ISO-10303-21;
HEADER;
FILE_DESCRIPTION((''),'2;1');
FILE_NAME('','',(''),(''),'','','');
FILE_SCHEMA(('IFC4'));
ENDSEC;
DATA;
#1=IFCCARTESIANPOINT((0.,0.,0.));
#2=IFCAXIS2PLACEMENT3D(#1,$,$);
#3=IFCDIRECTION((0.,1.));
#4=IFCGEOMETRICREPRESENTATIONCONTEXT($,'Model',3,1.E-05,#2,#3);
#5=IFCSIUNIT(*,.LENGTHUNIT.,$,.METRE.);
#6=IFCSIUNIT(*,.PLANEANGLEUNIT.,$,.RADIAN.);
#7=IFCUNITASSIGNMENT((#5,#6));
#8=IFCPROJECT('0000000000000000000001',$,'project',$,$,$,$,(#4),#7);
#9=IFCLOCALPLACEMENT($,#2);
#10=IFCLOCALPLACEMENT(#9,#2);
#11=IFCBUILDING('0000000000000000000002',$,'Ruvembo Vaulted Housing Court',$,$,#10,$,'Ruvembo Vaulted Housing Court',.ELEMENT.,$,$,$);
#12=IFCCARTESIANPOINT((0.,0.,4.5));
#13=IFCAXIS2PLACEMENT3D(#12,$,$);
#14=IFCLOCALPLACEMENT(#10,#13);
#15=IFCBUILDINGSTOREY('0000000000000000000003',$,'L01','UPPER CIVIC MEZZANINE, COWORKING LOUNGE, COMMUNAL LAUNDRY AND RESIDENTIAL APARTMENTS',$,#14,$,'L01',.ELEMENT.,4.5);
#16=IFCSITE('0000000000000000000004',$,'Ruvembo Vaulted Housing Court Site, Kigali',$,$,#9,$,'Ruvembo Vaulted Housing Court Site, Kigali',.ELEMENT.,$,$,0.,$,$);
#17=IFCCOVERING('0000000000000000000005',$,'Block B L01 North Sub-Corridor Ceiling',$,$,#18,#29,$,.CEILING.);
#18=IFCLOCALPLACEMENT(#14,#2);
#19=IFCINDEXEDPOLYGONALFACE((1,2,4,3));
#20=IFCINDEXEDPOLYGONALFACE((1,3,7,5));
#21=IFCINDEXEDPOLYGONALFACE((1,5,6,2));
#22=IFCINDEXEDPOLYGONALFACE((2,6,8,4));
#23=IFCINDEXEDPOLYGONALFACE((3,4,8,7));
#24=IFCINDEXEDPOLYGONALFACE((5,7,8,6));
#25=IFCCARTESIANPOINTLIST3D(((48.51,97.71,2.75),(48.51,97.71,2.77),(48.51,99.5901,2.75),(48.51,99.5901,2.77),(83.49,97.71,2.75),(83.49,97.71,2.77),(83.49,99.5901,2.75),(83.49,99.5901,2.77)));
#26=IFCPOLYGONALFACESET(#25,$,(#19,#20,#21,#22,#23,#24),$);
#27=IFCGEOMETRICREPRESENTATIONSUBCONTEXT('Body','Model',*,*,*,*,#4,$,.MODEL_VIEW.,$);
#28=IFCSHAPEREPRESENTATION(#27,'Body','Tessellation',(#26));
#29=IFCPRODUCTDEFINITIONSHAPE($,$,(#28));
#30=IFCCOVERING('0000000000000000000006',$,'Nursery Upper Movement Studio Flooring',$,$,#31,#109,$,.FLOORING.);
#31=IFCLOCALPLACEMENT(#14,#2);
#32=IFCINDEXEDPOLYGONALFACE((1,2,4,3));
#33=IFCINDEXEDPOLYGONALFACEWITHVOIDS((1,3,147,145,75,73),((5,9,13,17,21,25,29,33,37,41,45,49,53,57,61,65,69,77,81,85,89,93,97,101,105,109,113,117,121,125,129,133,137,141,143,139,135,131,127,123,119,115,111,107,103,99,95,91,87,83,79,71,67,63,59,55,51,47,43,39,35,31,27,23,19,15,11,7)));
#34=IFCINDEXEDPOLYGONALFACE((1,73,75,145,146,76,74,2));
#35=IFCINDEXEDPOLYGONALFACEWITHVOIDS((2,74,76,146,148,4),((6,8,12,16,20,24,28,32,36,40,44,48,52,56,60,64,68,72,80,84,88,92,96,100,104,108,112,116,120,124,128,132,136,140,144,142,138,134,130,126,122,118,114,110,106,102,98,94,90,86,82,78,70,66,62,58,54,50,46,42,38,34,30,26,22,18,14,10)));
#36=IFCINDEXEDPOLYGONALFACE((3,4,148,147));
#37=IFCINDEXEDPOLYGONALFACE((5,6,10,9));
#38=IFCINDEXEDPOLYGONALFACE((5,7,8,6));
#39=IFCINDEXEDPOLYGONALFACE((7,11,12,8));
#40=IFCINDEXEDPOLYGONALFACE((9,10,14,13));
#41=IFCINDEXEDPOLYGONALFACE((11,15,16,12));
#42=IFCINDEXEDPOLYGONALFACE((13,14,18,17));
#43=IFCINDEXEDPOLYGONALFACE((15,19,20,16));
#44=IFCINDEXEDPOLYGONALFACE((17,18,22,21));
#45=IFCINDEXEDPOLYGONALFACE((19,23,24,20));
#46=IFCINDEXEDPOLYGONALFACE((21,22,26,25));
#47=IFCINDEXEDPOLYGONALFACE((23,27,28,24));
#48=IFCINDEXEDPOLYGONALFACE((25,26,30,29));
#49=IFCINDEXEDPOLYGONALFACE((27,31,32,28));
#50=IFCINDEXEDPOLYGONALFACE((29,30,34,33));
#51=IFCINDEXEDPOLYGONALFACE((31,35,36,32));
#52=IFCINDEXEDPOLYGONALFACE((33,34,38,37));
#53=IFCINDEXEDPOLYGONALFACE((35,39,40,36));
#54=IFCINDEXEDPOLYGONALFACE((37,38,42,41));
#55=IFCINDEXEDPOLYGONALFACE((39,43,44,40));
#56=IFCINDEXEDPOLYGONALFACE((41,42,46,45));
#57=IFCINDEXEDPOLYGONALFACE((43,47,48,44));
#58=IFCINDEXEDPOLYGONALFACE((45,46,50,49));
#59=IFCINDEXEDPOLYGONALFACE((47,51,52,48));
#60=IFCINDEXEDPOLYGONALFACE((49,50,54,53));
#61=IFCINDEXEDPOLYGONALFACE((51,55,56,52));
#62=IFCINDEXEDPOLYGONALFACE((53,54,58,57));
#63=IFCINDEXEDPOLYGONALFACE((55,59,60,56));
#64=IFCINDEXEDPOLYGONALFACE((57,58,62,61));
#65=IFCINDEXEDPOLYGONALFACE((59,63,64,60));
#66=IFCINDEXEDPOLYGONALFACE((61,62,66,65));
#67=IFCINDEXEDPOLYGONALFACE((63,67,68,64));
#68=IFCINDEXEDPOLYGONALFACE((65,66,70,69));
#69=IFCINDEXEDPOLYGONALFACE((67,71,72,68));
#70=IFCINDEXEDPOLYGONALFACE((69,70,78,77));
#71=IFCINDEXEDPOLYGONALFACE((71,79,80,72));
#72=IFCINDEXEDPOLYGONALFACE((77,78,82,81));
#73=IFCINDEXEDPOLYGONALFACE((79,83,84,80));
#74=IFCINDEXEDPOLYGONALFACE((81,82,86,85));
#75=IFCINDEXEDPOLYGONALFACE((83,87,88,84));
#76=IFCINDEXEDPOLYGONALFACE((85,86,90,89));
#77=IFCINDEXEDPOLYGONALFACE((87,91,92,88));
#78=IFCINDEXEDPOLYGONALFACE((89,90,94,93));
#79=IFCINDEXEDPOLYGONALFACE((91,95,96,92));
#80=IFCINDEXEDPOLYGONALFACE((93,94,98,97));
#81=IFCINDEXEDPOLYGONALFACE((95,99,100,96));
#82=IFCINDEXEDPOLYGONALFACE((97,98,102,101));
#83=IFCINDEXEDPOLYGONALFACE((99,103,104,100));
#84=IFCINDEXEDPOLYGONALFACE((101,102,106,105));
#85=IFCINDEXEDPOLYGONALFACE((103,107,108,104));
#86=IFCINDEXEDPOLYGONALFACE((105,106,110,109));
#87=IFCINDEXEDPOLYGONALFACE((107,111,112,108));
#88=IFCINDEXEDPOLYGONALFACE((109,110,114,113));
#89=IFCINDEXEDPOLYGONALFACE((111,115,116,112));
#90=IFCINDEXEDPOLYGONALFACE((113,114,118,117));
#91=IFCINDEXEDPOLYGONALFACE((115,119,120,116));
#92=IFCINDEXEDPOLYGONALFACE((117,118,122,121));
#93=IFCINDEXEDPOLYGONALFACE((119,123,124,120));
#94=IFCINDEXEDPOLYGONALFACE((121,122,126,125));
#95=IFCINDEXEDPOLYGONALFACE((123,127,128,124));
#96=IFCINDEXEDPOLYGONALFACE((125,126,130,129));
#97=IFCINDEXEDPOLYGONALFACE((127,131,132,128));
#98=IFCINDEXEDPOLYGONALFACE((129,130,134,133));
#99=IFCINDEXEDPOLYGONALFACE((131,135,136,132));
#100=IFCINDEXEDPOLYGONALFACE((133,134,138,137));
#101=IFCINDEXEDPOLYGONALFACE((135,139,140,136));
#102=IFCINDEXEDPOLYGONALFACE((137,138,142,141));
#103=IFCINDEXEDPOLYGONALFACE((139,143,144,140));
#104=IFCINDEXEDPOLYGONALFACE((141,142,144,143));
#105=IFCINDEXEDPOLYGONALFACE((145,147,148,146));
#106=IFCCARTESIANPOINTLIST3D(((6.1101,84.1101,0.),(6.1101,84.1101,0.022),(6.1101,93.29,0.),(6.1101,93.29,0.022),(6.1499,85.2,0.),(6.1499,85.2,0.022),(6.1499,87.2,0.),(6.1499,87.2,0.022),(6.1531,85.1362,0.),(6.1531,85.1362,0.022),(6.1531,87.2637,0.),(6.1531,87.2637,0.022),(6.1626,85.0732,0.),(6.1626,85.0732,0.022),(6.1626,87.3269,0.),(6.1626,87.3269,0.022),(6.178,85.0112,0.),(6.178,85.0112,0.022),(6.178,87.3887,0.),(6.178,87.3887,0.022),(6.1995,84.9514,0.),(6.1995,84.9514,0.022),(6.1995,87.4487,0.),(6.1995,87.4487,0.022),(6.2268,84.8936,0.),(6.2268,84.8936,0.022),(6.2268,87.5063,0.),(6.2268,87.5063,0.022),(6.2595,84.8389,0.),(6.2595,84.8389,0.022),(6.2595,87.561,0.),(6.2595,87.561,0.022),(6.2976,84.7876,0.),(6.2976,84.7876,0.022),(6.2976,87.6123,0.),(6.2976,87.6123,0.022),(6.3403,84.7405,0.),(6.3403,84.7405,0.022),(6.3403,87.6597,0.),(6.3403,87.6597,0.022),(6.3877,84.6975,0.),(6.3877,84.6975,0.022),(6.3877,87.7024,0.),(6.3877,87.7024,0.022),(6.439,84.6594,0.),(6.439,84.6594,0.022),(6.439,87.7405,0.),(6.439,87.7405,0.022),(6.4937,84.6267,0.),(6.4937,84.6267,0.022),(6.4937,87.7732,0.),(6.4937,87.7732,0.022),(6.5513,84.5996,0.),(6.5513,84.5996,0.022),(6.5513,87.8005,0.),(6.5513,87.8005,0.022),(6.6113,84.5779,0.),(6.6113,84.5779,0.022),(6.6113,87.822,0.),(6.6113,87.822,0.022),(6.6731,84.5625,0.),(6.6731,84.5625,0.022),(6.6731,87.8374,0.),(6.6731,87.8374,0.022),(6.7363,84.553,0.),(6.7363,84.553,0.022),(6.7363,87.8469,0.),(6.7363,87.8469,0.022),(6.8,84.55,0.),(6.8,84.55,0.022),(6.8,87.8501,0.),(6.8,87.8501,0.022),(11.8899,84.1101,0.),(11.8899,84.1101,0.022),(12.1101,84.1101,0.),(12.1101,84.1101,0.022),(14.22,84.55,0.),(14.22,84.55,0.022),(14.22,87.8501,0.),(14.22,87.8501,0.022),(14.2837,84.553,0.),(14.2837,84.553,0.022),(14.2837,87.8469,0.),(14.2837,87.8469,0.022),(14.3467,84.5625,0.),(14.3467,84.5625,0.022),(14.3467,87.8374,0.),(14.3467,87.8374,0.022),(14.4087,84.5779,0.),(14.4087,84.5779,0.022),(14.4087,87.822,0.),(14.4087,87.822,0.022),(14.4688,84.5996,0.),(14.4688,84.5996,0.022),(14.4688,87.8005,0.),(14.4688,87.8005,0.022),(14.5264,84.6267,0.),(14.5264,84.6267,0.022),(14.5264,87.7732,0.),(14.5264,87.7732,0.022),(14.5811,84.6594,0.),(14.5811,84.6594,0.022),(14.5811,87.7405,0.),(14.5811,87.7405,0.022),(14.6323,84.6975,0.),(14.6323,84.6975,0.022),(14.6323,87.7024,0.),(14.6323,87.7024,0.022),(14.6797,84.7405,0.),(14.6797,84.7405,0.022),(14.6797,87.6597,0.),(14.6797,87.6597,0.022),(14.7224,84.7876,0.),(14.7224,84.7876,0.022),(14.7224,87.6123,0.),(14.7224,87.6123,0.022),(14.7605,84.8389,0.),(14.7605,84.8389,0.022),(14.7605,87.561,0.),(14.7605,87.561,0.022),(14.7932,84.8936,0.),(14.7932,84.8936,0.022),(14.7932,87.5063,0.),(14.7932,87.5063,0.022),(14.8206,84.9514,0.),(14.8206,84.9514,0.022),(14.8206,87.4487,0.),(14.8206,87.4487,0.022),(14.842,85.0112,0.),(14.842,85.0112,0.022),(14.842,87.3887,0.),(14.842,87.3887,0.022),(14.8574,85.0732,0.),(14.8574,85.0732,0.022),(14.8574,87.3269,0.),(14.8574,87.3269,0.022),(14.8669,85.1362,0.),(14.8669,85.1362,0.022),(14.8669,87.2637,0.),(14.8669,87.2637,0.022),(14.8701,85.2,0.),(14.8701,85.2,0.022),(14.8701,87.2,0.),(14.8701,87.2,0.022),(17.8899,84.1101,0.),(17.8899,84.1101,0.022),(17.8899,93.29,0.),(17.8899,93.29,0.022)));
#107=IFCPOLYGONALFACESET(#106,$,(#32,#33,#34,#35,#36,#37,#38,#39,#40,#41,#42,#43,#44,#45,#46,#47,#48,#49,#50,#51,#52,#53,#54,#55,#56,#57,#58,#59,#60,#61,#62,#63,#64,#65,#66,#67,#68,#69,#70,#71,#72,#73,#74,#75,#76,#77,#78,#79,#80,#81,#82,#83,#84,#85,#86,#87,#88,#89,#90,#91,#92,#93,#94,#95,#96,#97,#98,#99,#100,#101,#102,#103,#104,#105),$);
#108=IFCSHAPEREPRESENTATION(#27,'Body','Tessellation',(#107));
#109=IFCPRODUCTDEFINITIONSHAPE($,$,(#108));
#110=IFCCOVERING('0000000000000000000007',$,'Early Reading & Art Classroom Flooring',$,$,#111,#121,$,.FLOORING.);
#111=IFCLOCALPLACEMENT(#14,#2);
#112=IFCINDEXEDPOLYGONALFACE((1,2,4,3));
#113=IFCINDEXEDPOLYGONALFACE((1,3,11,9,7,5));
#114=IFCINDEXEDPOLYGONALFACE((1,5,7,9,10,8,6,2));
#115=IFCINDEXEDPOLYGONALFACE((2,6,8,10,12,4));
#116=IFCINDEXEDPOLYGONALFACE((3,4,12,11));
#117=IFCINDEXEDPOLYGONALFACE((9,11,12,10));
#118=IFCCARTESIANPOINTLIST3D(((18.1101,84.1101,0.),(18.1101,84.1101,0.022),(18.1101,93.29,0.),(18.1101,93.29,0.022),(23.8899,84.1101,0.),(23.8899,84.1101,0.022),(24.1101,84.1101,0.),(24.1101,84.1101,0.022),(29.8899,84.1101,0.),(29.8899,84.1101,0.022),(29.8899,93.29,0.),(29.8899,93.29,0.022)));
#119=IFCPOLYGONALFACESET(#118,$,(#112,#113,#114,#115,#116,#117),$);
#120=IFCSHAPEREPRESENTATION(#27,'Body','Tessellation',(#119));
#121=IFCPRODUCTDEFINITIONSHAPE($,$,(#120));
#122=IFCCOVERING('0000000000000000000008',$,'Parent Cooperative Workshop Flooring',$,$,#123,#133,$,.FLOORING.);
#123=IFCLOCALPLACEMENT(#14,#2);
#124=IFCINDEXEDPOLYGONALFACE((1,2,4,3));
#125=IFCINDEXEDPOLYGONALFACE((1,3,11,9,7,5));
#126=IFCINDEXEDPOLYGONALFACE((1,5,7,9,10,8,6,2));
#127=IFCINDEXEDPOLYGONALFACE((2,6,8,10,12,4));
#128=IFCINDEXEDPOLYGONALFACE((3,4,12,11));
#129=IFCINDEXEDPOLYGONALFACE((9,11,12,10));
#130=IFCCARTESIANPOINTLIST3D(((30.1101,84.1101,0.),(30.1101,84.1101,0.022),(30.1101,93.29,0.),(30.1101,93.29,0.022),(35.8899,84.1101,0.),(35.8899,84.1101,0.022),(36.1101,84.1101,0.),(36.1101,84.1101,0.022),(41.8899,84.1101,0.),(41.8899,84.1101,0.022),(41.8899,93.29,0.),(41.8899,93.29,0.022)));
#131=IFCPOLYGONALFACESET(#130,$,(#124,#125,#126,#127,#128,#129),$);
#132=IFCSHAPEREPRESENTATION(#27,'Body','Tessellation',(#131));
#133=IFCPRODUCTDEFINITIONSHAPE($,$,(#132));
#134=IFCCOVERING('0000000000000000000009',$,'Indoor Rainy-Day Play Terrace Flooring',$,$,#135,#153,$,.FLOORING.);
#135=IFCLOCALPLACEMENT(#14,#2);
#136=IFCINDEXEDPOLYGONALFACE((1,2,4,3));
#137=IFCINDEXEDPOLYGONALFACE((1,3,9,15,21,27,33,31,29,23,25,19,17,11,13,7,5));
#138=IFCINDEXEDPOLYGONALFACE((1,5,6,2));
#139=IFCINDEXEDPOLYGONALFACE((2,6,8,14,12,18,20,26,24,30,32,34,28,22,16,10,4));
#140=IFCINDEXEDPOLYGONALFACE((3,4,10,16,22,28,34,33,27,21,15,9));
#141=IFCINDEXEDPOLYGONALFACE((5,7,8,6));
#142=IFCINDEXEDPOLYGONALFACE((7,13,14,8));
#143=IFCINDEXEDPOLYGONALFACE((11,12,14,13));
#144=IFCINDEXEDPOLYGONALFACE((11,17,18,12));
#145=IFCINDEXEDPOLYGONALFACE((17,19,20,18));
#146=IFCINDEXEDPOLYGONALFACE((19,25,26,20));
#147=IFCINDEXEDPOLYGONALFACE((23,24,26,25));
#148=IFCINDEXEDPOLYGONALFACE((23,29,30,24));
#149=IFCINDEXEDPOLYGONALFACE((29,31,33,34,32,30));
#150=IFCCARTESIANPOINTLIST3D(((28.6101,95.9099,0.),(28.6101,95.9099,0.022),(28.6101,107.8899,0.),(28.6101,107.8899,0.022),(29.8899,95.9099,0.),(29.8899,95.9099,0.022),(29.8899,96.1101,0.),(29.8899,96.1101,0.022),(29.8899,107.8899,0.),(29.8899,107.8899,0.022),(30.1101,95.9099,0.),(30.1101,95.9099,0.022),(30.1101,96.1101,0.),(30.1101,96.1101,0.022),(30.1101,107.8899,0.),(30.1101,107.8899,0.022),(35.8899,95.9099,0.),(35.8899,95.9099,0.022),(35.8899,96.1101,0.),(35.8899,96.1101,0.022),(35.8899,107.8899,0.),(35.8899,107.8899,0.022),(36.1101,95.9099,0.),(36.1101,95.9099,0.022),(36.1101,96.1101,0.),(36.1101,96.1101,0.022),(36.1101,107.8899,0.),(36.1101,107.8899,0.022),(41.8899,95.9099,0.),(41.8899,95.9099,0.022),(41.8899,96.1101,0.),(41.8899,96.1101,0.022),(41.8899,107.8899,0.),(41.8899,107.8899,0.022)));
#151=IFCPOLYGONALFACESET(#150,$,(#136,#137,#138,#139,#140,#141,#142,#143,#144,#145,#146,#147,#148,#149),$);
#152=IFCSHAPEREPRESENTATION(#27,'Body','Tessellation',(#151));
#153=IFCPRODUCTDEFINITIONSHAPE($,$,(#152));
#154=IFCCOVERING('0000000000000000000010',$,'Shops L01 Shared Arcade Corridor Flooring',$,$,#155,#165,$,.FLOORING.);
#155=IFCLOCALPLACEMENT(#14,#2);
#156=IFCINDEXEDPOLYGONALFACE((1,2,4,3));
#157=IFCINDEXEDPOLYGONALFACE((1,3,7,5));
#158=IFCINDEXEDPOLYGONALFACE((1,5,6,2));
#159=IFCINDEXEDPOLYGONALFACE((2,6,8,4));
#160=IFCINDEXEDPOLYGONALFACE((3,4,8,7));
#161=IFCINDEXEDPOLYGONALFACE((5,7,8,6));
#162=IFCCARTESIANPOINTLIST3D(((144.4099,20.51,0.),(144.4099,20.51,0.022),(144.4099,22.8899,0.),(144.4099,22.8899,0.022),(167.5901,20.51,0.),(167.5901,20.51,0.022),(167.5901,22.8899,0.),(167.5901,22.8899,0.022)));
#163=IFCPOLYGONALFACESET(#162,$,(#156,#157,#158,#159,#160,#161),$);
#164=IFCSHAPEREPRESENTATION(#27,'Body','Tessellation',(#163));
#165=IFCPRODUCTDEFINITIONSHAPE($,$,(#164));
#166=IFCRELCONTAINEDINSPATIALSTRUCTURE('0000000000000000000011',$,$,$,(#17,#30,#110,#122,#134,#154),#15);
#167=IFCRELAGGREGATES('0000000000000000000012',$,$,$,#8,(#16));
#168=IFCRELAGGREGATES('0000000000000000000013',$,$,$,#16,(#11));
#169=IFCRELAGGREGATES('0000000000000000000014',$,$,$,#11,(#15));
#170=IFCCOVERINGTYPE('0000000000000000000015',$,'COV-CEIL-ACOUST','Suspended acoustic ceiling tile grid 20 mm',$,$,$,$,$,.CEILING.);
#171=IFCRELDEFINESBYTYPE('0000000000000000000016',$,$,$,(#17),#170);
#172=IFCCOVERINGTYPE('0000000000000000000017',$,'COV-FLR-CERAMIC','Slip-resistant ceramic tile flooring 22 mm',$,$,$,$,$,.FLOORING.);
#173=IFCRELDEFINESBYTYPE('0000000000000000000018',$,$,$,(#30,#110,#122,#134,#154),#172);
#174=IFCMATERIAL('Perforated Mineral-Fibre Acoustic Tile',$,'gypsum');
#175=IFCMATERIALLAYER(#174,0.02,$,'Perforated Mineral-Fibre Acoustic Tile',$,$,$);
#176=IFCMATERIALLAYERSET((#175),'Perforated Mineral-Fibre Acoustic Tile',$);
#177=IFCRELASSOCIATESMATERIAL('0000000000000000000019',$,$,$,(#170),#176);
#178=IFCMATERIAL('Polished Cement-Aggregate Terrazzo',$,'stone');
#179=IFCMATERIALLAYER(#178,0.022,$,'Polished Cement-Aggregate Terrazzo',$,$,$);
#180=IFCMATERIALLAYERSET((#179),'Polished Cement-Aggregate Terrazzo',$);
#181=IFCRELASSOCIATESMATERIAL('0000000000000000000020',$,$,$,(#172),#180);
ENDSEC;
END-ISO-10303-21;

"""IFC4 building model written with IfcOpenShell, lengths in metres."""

from ifc_helpers import new_model, si_unit, direction, frame, origin, place, context, subcontext, project, spatial, polyline, outline, extrude, material, layer, layer_set, type_object, element, save


model = new_model("IFC4")

# Units and contexts
model_context = context("Model", 3, precision=1e-05, world=origin(), true_north=direction((0.0, 1.0)))
body_context = subcontext(model_context, "Body", "Model", "MODEL_VIEW")
ifc_project = project(units=[si_unit("LENGTHUNIT", "METRE"), si_unit("PLANEANGLEUNIT", "RADIAN")], contexts=[model_context])

# Site, building, storey
site_placement = place(None, origin())
site = spatial("IfcSite", under=ifc_project, at=site_placement, Name="Ruvembo Vaulted Housing Court Site, Kigali", LongName="Ruvembo Vaulted Housing Court Site, Kigali", CompositionType="ELEMENT", RefElevation=0.0)
building_placement = place(site_placement, origin())
building = spatial("IfcBuilding", under=site, at=building_placement, Name="Ruvembo Vaulted Housing Court", LongName="Ruvembo Vaulted Housing Court", CompositionType="ELEMENT")
storey_placement = place(building_placement, frame((0.0, 0.0, 4.5)))
storey = spatial("IfcBuildingStorey", under=building, at=storey_placement, Name="L01", Description="UPPER CIVIC MEZZANINE, COWORKING LOUNGE, COMMUNAL LAUNDRY AND RESIDENTIAL APARTMENTS", LongName="L01", CompositionType="ELEMENT", Elevation=4.5)

# Coverings
ifc_material_1 = material(Name="Perforated Mineral-Fibre Acoustic Tile", Category="gypsum")
ifc_layer_1 = layer(ifc_material_1, 0.02, Name="Perforated Mineral-Fibre Acoustic Tile")
ifc_layer_set_1 = layer_set([ifc_layer_1], Name="Perforated Mineral-Fibre Acoustic Tile")
covering_type_1 = type_object("IfcCoveringType", Name="COV-CEIL-ACOUST", Description="Suspended acoustic ceiling tile grid 20 mm", PredefinedType="CEILING", material=ifc_layer_set_1)
covering_1_placement = place(storey_placement, frame((0.0, 0.0, 2.75)))
element("IfcCovering", 1, at=covering_1_placement, inside=storey, type_object=covering_type_1, Name="Block B L01 North Sub-Corridor Ceiling", PredefinedType="CEILING", context=body_context, shape_type="SweptSolid", body=[
    extrude(outline(polyline([(83.49, 97.71), (83.49, 99.5901), (48.51, 99.5901), (48.51, 97.71), (83.49, 97.71)])), origin(), (0.0, 0.0, 1.0), 0.02),
])
ifc_material_2 = material(Name="Polished Cement-Aggregate Terrazzo", Category="stone")
ifc_layer_2 = layer(ifc_material_2, 0.022, Name="Polished Cement-Aggregate Terrazzo")
ifc_layer_set_2 = layer_set([ifc_layer_2], Name="Polished Cement-Aggregate Terrazzo")
covering_type_2 = type_object("IfcCoveringType", Name="COV-FLR-CERAMIC", Description="Slip-resistant ceramic tile flooring 22 mm", PredefinedType="FLOORING", material=ifc_layer_set_2)
covering_2_placement = place(storey_placement, origin())
element("IfcCovering", 2, at=covering_2_placement, inside=storey, type_object=covering_type_2, Name="Nursery Upper Movement Studio Flooring", PredefinedType="FLOORING", context=body_context, shape_type="SweptSolid", body=[
    extrude(outline(polyline([(17.8899, 84.1101), (17.8899, 93.29), (6.1101, 93.29), (6.1101, 84.1101), (11.8899, 84.1101), (12.1101, 84.1101), (17.8899, 84.1101)]), holes=[polyline([(14.3467, 84.5625), (14.4087, 84.5779), (14.4688, 84.5996), (14.5264, 84.6267), (14.5811, 84.6594), (14.6323, 84.6975), (14.6797, 84.7405), (14.7224, 84.7876), (14.7605, 84.8389), (14.7932, 84.8936), (14.8206, 84.9514), (14.842, 85.0112), (14.8574, 85.0732), (14.8669, 85.1362), (14.8701, 85.2), (14.8701, 87.2), (14.8669, 87.2637), (14.8574, 87.3269), (14.842, 87.3887), (14.8206, 87.4487), (14.7932, 87.5063), (14.7605, 87.561), (14.7224, 87.6123), (14.6797, 87.6597), (14.6323, 87.7024), (14.5811, 87.7405), (14.5264, 87.7732), (14.4688, 87.8005), (14.4087, 87.822), (14.3467, 87.8374), (14.2837, 87.8469), (14.22, 87.8501), (6.8, 87.8501), (6.7363, 87.8469), (6.6731, 87.8374), (6.6113, 87.822), (6.5513, 87.8005), (6.4937, 87.7732), (6.439, 87.7405), (6.3877, 87.7024), (6.3403, 87.6597), (6.2976, 87.6123), (6.2595, 87.561), (6.2268, 87.5063), (6.1995, 87.4487), (6.178, 87.3887), (6.1626, 87.3269), (6.1531, 87.2637), (6.1499, 87.2), (6.1499, 85.2), (6.1531, 85.1362), (6.1626, 85.0732), (6.178, 85.0112), (6.1995, 84.9514), (6.2268, 84.8936), (6.2595, 84.8389), (6.2976, 84.7876), (6.3403, 84.7405), (6.3877, 84.6975), (6.439, 84.6594), (6.4937, 84.6267), (6.5513, 84.5996), (6.6113, 84.5779), (6.6731, 84.5625), (6.7363, 84.553), (6.8, 84.55), (14.22, 84.55), (14.2837, 84.553), (14.3467, 84.5625)])]), origin(), (0.0, 0.0, 1.0), 0.022),
])
covering_3_placement = place(storey_placement, origin())
element("IfcCovering", 3, at=covering_3_placement, inside=storey, type_object=covering_type_2, Name="Early Reading & Art Classroom Flooring", PredefinedType="FLOORING", context=body_context, shape_type="SweptSolid", body=[
    extrude(outline(polyline([(29.8899, 84.1101), (29.8899, 93.29), (18.1101, 93.29), (18.1101, 84.1101), (23.8899, 84.1101), (24.1101, 84.1101), (29.8899, 84.1101)])), origin(), (0.0, 0.0, 1.0), 0.022),
])
covering_4_placement = place(storey_placement, origin())
element("IfcCovering", 4, at=covering_4_placement, inside=storey, type_object=covering_type_2, Name="Parent Cooperative Workshop Flooring", PredefinedType="FLOORING", context=body_context, shape_type="SweptSolid", body=[
    extrude(outline(polyline([(41.8899, 84.1101), (41.8899, 93.29), (30.1101, 93.29), (30.1101, 84.1101), (35.8899, 84.1101), (36.1101, 84.1101), (41.8899, 84.1101)])), origin(), (0.0, 0.0, 1.0), 0.022),
])
covering_5_placement = place(storey_placement, origin())
element("IfcCovering", 5, at=covering_5_placement, inside=storey, type_object=covering_type_2, Name="Indoor Rainy-Day Play Terrace Flooring", PredefinedType="FLOORING", context=body_context, shape_type="SweptSolid", body=[
    extrude(outline(polyline([(30.1101, 107.8899), (29.8899, 107.8899), (28.6101, 107.8899), (28.6101, 95.9099), (29.8899, 95.9099), (29.8899, 96.1101), (30.1101, 96.1101), (30.1101, 95.9099), (35.8899, 95.9099), (35.8899, 96.1101), (36.1101, 96.1101), (36.1101, 95.9099), (41.8899, 95.9099), (41.8899, 96.1101), (41.8899, 107.8899), (36.1101, 107.8899), (35.8899, 107.8899), (30.1101, 107.8899)])), origin(), (0.0, 0.0, 1.0), 0.022),
])
covering_6_placement = place(storey_placement, origin())
element("IfcCovering", 6, at=covering_6_placement, inside=storey, type_object=covering_type_2, Name="Shops L01 Shared Arcade Corridor Flooring", PredefinedType="FLOORING", context=body_context, shape_type="SweptSolid", body=[
    extrude(outline(polyline([(144.4099, 22.8899), (144.4099, 20.51), (167.5901, 20.51), (167.5901, 22.8899), (144.4099, 22.8899)])), origin(), (0.0, 0.0, 1.0), 0.022),
])

save(model, "model.ifc")
